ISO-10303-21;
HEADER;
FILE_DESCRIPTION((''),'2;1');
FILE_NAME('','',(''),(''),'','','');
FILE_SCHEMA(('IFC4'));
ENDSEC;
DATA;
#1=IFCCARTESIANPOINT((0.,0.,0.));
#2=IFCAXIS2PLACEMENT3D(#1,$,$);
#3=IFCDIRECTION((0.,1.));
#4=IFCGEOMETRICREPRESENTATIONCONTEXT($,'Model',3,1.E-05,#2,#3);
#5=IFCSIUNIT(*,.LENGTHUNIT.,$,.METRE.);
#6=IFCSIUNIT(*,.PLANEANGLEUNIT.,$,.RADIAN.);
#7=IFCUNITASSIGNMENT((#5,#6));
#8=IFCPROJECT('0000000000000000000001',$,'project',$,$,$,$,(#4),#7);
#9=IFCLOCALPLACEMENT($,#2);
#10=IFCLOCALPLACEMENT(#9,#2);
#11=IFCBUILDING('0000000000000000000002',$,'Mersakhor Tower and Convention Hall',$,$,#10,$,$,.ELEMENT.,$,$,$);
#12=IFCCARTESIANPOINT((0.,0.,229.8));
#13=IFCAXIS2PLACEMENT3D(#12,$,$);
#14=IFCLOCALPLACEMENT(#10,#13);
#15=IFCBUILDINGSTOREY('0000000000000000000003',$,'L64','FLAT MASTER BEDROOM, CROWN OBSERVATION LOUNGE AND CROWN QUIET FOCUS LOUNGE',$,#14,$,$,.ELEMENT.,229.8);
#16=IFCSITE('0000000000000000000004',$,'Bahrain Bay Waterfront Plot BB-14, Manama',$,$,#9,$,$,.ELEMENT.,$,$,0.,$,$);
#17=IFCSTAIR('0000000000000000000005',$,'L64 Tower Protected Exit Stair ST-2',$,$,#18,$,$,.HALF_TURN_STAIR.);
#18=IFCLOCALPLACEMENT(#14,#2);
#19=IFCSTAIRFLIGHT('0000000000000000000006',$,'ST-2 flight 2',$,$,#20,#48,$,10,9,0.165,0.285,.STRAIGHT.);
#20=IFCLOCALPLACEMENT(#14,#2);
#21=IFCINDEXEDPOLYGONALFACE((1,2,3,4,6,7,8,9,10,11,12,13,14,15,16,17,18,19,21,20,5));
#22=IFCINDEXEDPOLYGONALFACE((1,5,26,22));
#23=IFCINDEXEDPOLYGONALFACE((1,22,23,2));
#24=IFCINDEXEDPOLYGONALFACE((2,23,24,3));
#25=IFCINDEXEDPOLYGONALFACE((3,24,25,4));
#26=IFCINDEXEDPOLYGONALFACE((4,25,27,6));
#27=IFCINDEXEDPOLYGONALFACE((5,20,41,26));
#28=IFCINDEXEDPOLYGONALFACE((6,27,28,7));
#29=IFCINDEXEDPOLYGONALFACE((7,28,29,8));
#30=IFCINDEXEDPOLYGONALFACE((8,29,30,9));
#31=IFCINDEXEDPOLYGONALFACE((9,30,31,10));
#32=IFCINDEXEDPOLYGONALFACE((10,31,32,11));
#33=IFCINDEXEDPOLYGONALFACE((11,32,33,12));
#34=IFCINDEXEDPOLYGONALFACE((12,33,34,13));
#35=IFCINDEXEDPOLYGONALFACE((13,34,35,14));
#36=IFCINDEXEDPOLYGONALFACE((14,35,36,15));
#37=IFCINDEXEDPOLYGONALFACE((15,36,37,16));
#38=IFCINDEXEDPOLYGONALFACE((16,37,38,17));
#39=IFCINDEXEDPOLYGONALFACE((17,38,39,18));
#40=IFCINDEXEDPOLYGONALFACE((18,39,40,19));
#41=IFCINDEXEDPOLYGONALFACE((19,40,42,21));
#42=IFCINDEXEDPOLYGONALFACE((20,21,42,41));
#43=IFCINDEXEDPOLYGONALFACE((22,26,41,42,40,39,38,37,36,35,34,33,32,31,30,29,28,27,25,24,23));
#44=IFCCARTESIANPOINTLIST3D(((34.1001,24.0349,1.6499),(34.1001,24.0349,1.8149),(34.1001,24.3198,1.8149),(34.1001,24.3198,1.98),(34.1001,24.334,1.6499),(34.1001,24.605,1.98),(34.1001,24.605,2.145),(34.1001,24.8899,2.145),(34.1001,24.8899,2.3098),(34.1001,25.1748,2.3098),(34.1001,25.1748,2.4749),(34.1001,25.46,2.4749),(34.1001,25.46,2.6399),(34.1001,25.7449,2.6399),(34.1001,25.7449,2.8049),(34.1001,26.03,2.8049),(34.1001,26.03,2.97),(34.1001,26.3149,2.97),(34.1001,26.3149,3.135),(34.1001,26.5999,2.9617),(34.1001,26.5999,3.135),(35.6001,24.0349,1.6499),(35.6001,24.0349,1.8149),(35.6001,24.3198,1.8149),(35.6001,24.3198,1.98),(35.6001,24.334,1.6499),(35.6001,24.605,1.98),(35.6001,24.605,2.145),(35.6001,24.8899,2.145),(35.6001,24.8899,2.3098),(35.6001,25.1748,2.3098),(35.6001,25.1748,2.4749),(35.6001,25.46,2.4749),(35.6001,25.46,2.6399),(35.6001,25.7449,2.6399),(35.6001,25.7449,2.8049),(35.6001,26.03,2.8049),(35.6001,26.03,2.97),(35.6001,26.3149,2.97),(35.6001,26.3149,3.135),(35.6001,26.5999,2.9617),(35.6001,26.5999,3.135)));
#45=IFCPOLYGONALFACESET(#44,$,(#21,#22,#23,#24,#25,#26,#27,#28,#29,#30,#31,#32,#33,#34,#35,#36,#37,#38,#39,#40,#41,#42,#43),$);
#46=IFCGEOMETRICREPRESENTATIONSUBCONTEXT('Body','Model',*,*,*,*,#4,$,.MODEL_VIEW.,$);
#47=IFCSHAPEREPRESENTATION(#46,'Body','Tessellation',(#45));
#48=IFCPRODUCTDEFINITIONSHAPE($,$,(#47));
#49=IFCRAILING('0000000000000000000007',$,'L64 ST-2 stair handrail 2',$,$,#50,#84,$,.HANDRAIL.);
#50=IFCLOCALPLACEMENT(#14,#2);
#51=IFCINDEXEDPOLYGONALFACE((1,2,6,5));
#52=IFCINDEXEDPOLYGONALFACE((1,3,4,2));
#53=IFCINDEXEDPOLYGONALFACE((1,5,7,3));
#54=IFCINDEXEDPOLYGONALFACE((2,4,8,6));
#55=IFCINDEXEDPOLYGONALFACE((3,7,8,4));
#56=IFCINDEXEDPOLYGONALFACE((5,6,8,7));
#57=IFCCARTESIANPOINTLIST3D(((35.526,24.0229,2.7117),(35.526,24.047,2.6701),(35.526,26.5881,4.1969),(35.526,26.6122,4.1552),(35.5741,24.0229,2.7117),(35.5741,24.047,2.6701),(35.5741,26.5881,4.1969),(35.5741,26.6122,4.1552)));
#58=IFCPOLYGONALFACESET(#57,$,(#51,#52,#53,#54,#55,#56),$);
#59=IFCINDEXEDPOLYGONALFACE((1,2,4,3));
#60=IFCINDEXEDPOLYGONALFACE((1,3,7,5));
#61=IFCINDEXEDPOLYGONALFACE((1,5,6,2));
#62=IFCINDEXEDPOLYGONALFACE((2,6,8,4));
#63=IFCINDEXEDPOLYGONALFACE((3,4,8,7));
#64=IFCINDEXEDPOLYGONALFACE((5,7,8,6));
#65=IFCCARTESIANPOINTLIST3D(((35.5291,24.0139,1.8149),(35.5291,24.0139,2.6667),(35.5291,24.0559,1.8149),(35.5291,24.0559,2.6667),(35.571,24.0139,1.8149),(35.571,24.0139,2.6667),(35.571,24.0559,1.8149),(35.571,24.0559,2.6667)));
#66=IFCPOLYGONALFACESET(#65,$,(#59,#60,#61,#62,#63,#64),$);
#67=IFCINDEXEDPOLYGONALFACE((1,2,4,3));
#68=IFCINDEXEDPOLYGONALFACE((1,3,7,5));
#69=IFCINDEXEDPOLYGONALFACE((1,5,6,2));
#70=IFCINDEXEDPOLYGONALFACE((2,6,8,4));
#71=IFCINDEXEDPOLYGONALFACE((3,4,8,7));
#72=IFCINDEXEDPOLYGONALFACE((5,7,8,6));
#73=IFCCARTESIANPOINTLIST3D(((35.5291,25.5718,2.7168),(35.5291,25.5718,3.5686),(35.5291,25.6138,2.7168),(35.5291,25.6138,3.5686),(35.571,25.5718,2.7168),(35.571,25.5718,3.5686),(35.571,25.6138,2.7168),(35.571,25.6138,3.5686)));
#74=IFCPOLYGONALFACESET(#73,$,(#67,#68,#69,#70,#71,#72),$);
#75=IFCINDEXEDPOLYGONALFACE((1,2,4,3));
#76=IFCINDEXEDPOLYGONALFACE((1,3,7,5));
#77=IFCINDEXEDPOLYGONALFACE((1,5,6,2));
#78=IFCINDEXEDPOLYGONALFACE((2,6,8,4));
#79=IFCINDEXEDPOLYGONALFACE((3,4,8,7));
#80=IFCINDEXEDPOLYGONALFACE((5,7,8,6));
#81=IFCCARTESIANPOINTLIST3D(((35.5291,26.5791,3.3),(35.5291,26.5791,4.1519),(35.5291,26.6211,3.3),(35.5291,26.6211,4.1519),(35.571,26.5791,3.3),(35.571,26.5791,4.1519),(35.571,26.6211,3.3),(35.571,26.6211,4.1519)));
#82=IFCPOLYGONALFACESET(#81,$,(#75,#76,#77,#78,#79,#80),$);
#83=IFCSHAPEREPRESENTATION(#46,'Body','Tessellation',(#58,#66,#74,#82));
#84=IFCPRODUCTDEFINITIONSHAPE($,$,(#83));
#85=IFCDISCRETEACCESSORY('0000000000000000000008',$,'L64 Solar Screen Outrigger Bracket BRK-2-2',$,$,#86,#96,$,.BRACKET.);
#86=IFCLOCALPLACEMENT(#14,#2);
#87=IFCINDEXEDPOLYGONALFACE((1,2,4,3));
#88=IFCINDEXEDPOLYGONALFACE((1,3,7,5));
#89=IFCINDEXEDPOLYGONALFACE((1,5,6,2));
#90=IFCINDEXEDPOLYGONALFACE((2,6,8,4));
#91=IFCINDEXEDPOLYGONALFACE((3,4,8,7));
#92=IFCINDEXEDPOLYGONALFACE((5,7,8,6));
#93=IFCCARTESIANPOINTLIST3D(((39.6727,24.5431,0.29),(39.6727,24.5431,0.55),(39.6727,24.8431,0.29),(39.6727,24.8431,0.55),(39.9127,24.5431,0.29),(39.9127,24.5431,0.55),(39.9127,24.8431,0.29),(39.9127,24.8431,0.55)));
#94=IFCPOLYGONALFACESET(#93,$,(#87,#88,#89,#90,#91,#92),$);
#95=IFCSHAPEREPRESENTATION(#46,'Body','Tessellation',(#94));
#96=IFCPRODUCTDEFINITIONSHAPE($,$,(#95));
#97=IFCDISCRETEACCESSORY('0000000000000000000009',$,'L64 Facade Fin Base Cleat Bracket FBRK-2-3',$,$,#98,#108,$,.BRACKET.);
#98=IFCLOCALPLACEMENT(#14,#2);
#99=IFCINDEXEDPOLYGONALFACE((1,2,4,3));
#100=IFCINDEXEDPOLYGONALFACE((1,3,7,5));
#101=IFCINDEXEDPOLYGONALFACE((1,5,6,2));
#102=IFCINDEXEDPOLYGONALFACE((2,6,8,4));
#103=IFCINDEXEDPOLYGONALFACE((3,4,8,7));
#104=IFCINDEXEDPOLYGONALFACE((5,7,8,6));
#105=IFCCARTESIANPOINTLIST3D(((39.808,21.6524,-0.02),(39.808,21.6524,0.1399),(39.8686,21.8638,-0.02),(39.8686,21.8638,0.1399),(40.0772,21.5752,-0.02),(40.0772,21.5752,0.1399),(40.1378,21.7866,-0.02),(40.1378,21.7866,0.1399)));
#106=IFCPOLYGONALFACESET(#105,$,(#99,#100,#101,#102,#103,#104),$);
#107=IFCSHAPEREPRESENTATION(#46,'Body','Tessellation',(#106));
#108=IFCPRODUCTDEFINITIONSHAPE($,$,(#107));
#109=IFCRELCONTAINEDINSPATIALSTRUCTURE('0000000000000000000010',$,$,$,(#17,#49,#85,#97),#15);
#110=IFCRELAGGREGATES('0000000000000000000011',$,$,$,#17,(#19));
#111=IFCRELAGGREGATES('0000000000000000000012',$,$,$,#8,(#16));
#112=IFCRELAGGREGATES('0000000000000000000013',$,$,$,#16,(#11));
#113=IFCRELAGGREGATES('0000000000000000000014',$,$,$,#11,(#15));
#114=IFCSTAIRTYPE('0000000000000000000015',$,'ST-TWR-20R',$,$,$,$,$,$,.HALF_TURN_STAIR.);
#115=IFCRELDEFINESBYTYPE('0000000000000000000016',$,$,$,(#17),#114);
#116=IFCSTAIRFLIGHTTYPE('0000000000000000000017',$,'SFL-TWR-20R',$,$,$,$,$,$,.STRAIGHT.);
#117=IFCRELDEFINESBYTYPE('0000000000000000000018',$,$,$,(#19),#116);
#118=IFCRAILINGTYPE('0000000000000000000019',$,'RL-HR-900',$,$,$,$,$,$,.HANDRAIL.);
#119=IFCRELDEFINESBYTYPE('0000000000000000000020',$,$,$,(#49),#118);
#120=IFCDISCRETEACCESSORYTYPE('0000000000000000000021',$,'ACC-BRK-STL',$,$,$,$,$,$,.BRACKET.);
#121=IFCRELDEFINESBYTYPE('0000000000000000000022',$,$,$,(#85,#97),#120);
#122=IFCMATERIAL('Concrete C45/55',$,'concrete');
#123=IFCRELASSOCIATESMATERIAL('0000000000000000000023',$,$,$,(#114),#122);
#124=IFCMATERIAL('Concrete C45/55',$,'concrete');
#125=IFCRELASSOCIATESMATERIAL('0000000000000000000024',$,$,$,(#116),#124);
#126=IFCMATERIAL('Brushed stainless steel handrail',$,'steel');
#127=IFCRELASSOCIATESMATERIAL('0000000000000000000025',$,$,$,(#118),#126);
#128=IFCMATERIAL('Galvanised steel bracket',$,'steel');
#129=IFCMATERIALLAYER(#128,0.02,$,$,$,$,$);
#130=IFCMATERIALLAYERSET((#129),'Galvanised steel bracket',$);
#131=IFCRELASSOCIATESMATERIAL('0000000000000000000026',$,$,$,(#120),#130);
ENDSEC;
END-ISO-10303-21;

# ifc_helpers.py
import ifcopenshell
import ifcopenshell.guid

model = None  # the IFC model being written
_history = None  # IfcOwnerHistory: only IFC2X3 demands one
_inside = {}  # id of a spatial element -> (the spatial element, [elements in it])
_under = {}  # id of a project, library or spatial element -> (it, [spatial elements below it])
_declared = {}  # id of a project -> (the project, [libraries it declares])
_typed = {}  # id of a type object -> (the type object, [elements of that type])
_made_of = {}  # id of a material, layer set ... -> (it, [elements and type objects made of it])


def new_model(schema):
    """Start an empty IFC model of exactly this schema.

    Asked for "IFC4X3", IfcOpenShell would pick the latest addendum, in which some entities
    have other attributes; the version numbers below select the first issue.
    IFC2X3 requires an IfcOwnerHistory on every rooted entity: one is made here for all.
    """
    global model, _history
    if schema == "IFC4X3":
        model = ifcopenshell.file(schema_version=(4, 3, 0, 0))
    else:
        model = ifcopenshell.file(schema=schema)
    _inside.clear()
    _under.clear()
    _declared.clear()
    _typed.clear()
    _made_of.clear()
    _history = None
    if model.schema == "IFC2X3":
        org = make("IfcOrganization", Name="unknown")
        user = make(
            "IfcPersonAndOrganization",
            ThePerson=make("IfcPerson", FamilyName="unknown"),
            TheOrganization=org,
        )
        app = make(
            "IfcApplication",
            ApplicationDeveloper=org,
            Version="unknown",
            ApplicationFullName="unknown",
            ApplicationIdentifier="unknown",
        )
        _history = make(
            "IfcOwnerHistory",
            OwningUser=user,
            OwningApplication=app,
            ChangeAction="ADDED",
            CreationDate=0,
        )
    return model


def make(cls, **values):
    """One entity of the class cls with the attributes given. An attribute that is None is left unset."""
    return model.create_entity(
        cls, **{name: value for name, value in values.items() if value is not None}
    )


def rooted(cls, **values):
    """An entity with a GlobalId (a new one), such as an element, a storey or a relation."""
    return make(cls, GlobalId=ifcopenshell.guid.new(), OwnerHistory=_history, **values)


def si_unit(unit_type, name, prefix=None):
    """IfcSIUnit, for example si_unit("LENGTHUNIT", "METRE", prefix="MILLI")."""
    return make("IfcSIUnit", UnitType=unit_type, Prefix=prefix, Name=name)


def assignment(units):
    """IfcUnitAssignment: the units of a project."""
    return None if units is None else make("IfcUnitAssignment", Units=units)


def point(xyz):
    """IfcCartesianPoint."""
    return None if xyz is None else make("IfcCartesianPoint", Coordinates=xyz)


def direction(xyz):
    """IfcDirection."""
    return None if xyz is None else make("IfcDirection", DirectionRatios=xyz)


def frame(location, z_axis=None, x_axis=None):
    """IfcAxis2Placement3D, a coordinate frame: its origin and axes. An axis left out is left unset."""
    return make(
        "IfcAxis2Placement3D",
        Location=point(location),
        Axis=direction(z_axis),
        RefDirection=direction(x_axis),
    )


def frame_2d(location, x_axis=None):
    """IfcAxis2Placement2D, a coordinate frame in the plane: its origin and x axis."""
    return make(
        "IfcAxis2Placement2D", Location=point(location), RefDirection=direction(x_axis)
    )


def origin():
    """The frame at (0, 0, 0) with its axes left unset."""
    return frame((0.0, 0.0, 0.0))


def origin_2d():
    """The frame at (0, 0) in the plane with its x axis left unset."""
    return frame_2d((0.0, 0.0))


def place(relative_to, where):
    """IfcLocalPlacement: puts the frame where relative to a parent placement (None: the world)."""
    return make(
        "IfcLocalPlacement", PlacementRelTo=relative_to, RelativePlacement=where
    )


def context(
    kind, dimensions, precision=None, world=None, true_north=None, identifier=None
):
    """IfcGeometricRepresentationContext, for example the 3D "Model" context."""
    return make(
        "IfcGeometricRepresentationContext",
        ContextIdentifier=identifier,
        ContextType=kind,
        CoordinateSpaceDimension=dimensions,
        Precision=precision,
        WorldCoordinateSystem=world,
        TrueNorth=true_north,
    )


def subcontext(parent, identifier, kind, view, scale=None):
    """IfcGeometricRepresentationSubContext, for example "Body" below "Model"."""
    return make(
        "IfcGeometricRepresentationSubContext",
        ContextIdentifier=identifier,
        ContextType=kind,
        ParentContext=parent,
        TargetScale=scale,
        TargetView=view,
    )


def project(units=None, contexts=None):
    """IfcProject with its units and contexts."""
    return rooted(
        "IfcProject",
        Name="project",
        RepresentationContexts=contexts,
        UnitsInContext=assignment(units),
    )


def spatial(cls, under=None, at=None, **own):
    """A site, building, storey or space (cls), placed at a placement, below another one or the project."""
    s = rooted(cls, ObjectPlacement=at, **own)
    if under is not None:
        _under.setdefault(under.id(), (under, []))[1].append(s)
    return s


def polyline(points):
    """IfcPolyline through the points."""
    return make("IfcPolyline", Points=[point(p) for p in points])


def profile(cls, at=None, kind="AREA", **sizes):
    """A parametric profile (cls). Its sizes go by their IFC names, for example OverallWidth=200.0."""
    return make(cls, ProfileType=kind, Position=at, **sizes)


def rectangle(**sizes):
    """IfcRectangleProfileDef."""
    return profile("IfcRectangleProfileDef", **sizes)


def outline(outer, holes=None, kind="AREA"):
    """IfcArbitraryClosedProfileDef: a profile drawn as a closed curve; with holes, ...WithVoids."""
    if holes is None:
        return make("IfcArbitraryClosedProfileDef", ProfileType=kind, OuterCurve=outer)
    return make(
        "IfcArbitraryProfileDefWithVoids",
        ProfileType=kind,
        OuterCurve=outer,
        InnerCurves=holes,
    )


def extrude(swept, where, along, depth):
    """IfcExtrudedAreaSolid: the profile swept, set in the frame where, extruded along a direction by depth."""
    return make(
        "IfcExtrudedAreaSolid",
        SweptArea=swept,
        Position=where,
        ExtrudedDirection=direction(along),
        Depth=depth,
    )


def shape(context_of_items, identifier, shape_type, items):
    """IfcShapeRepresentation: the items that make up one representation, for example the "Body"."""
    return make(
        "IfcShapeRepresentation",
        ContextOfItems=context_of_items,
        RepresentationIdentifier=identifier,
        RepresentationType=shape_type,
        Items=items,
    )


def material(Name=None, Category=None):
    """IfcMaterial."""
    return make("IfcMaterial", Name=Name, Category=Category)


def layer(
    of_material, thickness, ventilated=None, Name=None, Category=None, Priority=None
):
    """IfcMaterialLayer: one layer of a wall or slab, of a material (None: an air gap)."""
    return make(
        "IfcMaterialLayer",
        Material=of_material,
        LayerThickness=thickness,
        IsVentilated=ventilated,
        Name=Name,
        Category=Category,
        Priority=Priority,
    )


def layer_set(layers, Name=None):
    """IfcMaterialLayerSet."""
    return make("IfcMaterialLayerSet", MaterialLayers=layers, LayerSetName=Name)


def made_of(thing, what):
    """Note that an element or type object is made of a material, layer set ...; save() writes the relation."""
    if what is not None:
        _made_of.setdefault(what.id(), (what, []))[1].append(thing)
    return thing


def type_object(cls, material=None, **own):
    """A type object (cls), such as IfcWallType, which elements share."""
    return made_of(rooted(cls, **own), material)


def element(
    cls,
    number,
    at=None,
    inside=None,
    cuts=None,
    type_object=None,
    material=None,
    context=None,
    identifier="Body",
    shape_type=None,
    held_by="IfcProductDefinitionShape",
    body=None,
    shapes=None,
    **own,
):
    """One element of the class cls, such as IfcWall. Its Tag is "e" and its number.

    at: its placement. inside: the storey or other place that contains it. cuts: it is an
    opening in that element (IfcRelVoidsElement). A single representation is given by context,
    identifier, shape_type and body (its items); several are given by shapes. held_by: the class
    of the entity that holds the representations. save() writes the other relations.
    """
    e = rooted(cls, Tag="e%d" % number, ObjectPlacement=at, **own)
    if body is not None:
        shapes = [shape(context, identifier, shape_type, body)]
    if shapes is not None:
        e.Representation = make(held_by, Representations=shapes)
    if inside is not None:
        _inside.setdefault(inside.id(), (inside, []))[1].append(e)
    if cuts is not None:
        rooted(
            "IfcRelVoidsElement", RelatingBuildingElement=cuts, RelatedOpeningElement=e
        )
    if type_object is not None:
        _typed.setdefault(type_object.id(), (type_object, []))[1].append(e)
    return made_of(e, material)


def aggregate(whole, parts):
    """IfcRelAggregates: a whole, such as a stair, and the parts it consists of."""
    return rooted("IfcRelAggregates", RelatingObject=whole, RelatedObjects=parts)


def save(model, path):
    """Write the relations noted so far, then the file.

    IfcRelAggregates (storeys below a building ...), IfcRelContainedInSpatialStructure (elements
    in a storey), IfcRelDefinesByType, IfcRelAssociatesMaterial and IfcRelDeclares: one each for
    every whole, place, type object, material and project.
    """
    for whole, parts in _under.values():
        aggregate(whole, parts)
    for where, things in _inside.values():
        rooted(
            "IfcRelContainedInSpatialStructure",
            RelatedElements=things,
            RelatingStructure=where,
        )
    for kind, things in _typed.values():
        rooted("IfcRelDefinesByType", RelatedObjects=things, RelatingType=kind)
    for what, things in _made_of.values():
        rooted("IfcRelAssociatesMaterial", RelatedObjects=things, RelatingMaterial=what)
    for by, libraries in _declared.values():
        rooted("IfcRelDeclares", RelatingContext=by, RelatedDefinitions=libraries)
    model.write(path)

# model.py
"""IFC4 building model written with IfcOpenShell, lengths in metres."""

from ifc_helpers import new_model, si_unit, direction, frame, origin, origin_2d, place, context, subcontext, project, spatial, polyline, rectangle, outline, extrude, material, layer, layer_set, type_object, element, aggregate, save


model = new_model("IFC4")

# Units and contexts
model_context = context("Model", 3, precision=1e-05, world=origin(), true_north=direction((0.0, 1.0)))
body_context = subcontext(model_context, "Body", "Model", "MODEL_VIEW")
ifc_project = project(units=[si_unit("LENGTHUNIT", "METRE"), si_unit("PLANEANGLEUNIT", "RADIAN")], contexts=[model_context])

# Site, building, storey
site_placement = place(None, origin())
site = spatial("IfcSite", under=ifc_project, at=site_placement, Name="Bahrain Bay Waterfront Plot BB-14, Manama", CompositionType="ELEMENT", RefElevation=0.0)
building_placement = place(site_placement, origin())
building = spatial("IfcBuilding", under=site, at=building_placement, Name="Mersakhor Tower and Convention Hall", CompositionType="ELEMENT")
storey_placement = place(building_placement, frame((0.0, 0.0, 229.8)))
storey = spatial("IfcBuildingStorey", under=building, at=storey_placement, Name="L64", Description="FLAT MASTER BEDROOM, CROWN OBSERVATION LOUNGE AND CROWN QUIET FOCUS LOUNGE", CompositionType="ELEMENT", Elevation=229.8)

# Stair, stair flight
ifc_material_1 = material(Name="Concrete C45/55", Category="concrete")
stair_type = type_object("IfcStairType", Name="ST-TWR-20R", PredefinedType="HALF_TURN_STAIR", material=ifc_material_1)
stair_placement = place(storey_placement, origin())
stair = element("IfcStair", 1, at=stair_placement, inside=storey, type_object=stair_type, Name="L64 Tower Protected Exit Stair ST-2", PredefinedType="HALF_TURN_STAIR")
ifc_material_2 = material(Name="Concrete C45/55", Category="concrete")
stair_flight_type = type_object("IfcStairFlightType", Name="SFL-TWR-20R", PredefinedType="STRAIGHT", material=ifc_material_2)
stair_flight_placement = place(storey_placement, frame((34.8501, 24.0349, 1.6499), z_axis=(0.0, 0.0, 1.0), x_axis=(0.0, 1.0, 0.0)))
stair_flight = element("IfcStairFlight", 2, at=stair_flight_placement, type_object=stair_flight_type, Name="ST-2 flight 2", NumberOfRisers=10, NumberOfTreads=9, PredefinedType="STRAIGHT", RiserHeight=0.165, TreadLength=0.285, context=body_context, shape_type="SweptSolid", body=[
    extrude(outline(polyline([(0.0, 0.0), (0.0, 0.165), (0.2849, 0.165), (0.2849, 0.3301), (0.5701, 0.3301), (0.5701, 0.4951), (0.855, 0.4951), (0.855, 0.6599), (1.1399, 0.6599), (1.1399, 0.825), (1.425, 0.825), (1.425, 0.99), (1.71, 0.99), (1.71, 1.155), (1.9951, 1.155), (1.9951, 1.3201), (2.28, 1.3201), (2.28, 1.4851), (2.5649, 1.4851), (2.5649, 1.6499), (2.5649, 1.3118), (0.2991, 0.0), (0.0, 0.0)])), frame((0.0, 0.75, 0.0), z_axis=(0.0, -1.0, 0.0), x_axis=(1.0, 0.0, 0.0)), (0.0, 0.0, 1.0), 1.5),
])
aggregate(stair, [stair_flight])

# Railing
ifc_material_3 = material(Name="Brushed stainless steel handrail", Category="steel")
railing_type = type_object("IfcRailingType", Name="RL-HR-900", PredefinedType="HANDRAIL", material=ifc_material_3)
railing_placement = place(storey_placement, frame((35.55, 24.0349, 1.8149)))
element("IfcRailing", 3, at=railing_placement, inside=storey, type_object=railing_type, Name="L64 ST-2 stair handrail 2", PredefinedType="HANDRAIL", context=body_context, shape_type="SweptSolid", body=[
    extrude(rectangle(XDim=0.0481, YDim=0.0481, at=origin_2d()), frame((0.0, 0.0, 0.876), z_axis=(0.0, 0.865426, 0.501036), x_axis=(-1.0, 0.0, 0.0)), (0.0, 0.0, 1.0), 2.9641),
    extrude(rectangle(XDim=0.042, YDim=0.042, at=origin_2d()), origin(), (0.0, 0.0, 1.0), 0.8518),
    extrude(rectangle(XDim=0.042, YDim=0.042, at=origin_2d()), frame((0.0, 1.5579, 0.9019)), (0.0, 0.0, 1.0), 0.8518),
    extrude(rectangle(XDim=0.042, YDim=0.042, at=origin_2d()), frame((0.0, 2.5652, 1.4851)), (0.0, 0.0, 1.0), 0.8518),
])

# Discrete accessories
ifc_material_4 = material(Name="Galvanised steel bracket", Category="steel")
ifc_layer_1 = layer(ifc_material_4, 0.02)
ifc_layer_set_1 = layer_set([ifc_layer_1], Name="Galvanised steel bracket")
discrete_accessory_type = type_object("IfcDiscreteAccessoryType", Name="ACC-BRK-STL", PredefinedType="BRACKET", material=ifc_layer_set_1)
discrete_accessory_1_placement = place(storey_placement, frame((39.7927, 24.6931, 0.29), z_axis=(0.0, 0.0, 1.0), x_axis=(0.0, -1.0, 0.0)))
element("IfcDiscreteAccessory", 4, at=discrete_accessory_1_placement, inside=storey, type_object=discrete_accessory_type, Name="L64 Solar Screen Outrigger Bracket BRK-2-2", PredefinedType="BRACKET", context=body_context, shape_type="SweptSolid", body=[
    extrude(rectangle(XDim=0.3, YDim=0.24, at=origin_2d()), origin(), (0.0, 0.0, 1.0), 0.26),
])
discrete_accessory_2_placement = place(storey_placement, frame((39.9729, 21.7195, -0.02), z_axis=(0.0, 0.0, 1.0), x_axis=(0.961262, -0.275637, 0.0)))
element("IfcDiscreteAccessory", 5, at=discrete_accessory_2_placement, inside=storey, type_object=discrete_accessory_type, Name="L64 Facade Fin Base Cleat Bracket FBRK-2-3", PredefinedType="BRACKET", context=body_context, shape_type="SweptSolid", body=[
    extrude(rectangle(XDim=0.28, YDim=0.22, at=origin_2d()), origin(), (0.0, 0.0, 1.0), 0.1599),
])

save(model, "model.ifc")
